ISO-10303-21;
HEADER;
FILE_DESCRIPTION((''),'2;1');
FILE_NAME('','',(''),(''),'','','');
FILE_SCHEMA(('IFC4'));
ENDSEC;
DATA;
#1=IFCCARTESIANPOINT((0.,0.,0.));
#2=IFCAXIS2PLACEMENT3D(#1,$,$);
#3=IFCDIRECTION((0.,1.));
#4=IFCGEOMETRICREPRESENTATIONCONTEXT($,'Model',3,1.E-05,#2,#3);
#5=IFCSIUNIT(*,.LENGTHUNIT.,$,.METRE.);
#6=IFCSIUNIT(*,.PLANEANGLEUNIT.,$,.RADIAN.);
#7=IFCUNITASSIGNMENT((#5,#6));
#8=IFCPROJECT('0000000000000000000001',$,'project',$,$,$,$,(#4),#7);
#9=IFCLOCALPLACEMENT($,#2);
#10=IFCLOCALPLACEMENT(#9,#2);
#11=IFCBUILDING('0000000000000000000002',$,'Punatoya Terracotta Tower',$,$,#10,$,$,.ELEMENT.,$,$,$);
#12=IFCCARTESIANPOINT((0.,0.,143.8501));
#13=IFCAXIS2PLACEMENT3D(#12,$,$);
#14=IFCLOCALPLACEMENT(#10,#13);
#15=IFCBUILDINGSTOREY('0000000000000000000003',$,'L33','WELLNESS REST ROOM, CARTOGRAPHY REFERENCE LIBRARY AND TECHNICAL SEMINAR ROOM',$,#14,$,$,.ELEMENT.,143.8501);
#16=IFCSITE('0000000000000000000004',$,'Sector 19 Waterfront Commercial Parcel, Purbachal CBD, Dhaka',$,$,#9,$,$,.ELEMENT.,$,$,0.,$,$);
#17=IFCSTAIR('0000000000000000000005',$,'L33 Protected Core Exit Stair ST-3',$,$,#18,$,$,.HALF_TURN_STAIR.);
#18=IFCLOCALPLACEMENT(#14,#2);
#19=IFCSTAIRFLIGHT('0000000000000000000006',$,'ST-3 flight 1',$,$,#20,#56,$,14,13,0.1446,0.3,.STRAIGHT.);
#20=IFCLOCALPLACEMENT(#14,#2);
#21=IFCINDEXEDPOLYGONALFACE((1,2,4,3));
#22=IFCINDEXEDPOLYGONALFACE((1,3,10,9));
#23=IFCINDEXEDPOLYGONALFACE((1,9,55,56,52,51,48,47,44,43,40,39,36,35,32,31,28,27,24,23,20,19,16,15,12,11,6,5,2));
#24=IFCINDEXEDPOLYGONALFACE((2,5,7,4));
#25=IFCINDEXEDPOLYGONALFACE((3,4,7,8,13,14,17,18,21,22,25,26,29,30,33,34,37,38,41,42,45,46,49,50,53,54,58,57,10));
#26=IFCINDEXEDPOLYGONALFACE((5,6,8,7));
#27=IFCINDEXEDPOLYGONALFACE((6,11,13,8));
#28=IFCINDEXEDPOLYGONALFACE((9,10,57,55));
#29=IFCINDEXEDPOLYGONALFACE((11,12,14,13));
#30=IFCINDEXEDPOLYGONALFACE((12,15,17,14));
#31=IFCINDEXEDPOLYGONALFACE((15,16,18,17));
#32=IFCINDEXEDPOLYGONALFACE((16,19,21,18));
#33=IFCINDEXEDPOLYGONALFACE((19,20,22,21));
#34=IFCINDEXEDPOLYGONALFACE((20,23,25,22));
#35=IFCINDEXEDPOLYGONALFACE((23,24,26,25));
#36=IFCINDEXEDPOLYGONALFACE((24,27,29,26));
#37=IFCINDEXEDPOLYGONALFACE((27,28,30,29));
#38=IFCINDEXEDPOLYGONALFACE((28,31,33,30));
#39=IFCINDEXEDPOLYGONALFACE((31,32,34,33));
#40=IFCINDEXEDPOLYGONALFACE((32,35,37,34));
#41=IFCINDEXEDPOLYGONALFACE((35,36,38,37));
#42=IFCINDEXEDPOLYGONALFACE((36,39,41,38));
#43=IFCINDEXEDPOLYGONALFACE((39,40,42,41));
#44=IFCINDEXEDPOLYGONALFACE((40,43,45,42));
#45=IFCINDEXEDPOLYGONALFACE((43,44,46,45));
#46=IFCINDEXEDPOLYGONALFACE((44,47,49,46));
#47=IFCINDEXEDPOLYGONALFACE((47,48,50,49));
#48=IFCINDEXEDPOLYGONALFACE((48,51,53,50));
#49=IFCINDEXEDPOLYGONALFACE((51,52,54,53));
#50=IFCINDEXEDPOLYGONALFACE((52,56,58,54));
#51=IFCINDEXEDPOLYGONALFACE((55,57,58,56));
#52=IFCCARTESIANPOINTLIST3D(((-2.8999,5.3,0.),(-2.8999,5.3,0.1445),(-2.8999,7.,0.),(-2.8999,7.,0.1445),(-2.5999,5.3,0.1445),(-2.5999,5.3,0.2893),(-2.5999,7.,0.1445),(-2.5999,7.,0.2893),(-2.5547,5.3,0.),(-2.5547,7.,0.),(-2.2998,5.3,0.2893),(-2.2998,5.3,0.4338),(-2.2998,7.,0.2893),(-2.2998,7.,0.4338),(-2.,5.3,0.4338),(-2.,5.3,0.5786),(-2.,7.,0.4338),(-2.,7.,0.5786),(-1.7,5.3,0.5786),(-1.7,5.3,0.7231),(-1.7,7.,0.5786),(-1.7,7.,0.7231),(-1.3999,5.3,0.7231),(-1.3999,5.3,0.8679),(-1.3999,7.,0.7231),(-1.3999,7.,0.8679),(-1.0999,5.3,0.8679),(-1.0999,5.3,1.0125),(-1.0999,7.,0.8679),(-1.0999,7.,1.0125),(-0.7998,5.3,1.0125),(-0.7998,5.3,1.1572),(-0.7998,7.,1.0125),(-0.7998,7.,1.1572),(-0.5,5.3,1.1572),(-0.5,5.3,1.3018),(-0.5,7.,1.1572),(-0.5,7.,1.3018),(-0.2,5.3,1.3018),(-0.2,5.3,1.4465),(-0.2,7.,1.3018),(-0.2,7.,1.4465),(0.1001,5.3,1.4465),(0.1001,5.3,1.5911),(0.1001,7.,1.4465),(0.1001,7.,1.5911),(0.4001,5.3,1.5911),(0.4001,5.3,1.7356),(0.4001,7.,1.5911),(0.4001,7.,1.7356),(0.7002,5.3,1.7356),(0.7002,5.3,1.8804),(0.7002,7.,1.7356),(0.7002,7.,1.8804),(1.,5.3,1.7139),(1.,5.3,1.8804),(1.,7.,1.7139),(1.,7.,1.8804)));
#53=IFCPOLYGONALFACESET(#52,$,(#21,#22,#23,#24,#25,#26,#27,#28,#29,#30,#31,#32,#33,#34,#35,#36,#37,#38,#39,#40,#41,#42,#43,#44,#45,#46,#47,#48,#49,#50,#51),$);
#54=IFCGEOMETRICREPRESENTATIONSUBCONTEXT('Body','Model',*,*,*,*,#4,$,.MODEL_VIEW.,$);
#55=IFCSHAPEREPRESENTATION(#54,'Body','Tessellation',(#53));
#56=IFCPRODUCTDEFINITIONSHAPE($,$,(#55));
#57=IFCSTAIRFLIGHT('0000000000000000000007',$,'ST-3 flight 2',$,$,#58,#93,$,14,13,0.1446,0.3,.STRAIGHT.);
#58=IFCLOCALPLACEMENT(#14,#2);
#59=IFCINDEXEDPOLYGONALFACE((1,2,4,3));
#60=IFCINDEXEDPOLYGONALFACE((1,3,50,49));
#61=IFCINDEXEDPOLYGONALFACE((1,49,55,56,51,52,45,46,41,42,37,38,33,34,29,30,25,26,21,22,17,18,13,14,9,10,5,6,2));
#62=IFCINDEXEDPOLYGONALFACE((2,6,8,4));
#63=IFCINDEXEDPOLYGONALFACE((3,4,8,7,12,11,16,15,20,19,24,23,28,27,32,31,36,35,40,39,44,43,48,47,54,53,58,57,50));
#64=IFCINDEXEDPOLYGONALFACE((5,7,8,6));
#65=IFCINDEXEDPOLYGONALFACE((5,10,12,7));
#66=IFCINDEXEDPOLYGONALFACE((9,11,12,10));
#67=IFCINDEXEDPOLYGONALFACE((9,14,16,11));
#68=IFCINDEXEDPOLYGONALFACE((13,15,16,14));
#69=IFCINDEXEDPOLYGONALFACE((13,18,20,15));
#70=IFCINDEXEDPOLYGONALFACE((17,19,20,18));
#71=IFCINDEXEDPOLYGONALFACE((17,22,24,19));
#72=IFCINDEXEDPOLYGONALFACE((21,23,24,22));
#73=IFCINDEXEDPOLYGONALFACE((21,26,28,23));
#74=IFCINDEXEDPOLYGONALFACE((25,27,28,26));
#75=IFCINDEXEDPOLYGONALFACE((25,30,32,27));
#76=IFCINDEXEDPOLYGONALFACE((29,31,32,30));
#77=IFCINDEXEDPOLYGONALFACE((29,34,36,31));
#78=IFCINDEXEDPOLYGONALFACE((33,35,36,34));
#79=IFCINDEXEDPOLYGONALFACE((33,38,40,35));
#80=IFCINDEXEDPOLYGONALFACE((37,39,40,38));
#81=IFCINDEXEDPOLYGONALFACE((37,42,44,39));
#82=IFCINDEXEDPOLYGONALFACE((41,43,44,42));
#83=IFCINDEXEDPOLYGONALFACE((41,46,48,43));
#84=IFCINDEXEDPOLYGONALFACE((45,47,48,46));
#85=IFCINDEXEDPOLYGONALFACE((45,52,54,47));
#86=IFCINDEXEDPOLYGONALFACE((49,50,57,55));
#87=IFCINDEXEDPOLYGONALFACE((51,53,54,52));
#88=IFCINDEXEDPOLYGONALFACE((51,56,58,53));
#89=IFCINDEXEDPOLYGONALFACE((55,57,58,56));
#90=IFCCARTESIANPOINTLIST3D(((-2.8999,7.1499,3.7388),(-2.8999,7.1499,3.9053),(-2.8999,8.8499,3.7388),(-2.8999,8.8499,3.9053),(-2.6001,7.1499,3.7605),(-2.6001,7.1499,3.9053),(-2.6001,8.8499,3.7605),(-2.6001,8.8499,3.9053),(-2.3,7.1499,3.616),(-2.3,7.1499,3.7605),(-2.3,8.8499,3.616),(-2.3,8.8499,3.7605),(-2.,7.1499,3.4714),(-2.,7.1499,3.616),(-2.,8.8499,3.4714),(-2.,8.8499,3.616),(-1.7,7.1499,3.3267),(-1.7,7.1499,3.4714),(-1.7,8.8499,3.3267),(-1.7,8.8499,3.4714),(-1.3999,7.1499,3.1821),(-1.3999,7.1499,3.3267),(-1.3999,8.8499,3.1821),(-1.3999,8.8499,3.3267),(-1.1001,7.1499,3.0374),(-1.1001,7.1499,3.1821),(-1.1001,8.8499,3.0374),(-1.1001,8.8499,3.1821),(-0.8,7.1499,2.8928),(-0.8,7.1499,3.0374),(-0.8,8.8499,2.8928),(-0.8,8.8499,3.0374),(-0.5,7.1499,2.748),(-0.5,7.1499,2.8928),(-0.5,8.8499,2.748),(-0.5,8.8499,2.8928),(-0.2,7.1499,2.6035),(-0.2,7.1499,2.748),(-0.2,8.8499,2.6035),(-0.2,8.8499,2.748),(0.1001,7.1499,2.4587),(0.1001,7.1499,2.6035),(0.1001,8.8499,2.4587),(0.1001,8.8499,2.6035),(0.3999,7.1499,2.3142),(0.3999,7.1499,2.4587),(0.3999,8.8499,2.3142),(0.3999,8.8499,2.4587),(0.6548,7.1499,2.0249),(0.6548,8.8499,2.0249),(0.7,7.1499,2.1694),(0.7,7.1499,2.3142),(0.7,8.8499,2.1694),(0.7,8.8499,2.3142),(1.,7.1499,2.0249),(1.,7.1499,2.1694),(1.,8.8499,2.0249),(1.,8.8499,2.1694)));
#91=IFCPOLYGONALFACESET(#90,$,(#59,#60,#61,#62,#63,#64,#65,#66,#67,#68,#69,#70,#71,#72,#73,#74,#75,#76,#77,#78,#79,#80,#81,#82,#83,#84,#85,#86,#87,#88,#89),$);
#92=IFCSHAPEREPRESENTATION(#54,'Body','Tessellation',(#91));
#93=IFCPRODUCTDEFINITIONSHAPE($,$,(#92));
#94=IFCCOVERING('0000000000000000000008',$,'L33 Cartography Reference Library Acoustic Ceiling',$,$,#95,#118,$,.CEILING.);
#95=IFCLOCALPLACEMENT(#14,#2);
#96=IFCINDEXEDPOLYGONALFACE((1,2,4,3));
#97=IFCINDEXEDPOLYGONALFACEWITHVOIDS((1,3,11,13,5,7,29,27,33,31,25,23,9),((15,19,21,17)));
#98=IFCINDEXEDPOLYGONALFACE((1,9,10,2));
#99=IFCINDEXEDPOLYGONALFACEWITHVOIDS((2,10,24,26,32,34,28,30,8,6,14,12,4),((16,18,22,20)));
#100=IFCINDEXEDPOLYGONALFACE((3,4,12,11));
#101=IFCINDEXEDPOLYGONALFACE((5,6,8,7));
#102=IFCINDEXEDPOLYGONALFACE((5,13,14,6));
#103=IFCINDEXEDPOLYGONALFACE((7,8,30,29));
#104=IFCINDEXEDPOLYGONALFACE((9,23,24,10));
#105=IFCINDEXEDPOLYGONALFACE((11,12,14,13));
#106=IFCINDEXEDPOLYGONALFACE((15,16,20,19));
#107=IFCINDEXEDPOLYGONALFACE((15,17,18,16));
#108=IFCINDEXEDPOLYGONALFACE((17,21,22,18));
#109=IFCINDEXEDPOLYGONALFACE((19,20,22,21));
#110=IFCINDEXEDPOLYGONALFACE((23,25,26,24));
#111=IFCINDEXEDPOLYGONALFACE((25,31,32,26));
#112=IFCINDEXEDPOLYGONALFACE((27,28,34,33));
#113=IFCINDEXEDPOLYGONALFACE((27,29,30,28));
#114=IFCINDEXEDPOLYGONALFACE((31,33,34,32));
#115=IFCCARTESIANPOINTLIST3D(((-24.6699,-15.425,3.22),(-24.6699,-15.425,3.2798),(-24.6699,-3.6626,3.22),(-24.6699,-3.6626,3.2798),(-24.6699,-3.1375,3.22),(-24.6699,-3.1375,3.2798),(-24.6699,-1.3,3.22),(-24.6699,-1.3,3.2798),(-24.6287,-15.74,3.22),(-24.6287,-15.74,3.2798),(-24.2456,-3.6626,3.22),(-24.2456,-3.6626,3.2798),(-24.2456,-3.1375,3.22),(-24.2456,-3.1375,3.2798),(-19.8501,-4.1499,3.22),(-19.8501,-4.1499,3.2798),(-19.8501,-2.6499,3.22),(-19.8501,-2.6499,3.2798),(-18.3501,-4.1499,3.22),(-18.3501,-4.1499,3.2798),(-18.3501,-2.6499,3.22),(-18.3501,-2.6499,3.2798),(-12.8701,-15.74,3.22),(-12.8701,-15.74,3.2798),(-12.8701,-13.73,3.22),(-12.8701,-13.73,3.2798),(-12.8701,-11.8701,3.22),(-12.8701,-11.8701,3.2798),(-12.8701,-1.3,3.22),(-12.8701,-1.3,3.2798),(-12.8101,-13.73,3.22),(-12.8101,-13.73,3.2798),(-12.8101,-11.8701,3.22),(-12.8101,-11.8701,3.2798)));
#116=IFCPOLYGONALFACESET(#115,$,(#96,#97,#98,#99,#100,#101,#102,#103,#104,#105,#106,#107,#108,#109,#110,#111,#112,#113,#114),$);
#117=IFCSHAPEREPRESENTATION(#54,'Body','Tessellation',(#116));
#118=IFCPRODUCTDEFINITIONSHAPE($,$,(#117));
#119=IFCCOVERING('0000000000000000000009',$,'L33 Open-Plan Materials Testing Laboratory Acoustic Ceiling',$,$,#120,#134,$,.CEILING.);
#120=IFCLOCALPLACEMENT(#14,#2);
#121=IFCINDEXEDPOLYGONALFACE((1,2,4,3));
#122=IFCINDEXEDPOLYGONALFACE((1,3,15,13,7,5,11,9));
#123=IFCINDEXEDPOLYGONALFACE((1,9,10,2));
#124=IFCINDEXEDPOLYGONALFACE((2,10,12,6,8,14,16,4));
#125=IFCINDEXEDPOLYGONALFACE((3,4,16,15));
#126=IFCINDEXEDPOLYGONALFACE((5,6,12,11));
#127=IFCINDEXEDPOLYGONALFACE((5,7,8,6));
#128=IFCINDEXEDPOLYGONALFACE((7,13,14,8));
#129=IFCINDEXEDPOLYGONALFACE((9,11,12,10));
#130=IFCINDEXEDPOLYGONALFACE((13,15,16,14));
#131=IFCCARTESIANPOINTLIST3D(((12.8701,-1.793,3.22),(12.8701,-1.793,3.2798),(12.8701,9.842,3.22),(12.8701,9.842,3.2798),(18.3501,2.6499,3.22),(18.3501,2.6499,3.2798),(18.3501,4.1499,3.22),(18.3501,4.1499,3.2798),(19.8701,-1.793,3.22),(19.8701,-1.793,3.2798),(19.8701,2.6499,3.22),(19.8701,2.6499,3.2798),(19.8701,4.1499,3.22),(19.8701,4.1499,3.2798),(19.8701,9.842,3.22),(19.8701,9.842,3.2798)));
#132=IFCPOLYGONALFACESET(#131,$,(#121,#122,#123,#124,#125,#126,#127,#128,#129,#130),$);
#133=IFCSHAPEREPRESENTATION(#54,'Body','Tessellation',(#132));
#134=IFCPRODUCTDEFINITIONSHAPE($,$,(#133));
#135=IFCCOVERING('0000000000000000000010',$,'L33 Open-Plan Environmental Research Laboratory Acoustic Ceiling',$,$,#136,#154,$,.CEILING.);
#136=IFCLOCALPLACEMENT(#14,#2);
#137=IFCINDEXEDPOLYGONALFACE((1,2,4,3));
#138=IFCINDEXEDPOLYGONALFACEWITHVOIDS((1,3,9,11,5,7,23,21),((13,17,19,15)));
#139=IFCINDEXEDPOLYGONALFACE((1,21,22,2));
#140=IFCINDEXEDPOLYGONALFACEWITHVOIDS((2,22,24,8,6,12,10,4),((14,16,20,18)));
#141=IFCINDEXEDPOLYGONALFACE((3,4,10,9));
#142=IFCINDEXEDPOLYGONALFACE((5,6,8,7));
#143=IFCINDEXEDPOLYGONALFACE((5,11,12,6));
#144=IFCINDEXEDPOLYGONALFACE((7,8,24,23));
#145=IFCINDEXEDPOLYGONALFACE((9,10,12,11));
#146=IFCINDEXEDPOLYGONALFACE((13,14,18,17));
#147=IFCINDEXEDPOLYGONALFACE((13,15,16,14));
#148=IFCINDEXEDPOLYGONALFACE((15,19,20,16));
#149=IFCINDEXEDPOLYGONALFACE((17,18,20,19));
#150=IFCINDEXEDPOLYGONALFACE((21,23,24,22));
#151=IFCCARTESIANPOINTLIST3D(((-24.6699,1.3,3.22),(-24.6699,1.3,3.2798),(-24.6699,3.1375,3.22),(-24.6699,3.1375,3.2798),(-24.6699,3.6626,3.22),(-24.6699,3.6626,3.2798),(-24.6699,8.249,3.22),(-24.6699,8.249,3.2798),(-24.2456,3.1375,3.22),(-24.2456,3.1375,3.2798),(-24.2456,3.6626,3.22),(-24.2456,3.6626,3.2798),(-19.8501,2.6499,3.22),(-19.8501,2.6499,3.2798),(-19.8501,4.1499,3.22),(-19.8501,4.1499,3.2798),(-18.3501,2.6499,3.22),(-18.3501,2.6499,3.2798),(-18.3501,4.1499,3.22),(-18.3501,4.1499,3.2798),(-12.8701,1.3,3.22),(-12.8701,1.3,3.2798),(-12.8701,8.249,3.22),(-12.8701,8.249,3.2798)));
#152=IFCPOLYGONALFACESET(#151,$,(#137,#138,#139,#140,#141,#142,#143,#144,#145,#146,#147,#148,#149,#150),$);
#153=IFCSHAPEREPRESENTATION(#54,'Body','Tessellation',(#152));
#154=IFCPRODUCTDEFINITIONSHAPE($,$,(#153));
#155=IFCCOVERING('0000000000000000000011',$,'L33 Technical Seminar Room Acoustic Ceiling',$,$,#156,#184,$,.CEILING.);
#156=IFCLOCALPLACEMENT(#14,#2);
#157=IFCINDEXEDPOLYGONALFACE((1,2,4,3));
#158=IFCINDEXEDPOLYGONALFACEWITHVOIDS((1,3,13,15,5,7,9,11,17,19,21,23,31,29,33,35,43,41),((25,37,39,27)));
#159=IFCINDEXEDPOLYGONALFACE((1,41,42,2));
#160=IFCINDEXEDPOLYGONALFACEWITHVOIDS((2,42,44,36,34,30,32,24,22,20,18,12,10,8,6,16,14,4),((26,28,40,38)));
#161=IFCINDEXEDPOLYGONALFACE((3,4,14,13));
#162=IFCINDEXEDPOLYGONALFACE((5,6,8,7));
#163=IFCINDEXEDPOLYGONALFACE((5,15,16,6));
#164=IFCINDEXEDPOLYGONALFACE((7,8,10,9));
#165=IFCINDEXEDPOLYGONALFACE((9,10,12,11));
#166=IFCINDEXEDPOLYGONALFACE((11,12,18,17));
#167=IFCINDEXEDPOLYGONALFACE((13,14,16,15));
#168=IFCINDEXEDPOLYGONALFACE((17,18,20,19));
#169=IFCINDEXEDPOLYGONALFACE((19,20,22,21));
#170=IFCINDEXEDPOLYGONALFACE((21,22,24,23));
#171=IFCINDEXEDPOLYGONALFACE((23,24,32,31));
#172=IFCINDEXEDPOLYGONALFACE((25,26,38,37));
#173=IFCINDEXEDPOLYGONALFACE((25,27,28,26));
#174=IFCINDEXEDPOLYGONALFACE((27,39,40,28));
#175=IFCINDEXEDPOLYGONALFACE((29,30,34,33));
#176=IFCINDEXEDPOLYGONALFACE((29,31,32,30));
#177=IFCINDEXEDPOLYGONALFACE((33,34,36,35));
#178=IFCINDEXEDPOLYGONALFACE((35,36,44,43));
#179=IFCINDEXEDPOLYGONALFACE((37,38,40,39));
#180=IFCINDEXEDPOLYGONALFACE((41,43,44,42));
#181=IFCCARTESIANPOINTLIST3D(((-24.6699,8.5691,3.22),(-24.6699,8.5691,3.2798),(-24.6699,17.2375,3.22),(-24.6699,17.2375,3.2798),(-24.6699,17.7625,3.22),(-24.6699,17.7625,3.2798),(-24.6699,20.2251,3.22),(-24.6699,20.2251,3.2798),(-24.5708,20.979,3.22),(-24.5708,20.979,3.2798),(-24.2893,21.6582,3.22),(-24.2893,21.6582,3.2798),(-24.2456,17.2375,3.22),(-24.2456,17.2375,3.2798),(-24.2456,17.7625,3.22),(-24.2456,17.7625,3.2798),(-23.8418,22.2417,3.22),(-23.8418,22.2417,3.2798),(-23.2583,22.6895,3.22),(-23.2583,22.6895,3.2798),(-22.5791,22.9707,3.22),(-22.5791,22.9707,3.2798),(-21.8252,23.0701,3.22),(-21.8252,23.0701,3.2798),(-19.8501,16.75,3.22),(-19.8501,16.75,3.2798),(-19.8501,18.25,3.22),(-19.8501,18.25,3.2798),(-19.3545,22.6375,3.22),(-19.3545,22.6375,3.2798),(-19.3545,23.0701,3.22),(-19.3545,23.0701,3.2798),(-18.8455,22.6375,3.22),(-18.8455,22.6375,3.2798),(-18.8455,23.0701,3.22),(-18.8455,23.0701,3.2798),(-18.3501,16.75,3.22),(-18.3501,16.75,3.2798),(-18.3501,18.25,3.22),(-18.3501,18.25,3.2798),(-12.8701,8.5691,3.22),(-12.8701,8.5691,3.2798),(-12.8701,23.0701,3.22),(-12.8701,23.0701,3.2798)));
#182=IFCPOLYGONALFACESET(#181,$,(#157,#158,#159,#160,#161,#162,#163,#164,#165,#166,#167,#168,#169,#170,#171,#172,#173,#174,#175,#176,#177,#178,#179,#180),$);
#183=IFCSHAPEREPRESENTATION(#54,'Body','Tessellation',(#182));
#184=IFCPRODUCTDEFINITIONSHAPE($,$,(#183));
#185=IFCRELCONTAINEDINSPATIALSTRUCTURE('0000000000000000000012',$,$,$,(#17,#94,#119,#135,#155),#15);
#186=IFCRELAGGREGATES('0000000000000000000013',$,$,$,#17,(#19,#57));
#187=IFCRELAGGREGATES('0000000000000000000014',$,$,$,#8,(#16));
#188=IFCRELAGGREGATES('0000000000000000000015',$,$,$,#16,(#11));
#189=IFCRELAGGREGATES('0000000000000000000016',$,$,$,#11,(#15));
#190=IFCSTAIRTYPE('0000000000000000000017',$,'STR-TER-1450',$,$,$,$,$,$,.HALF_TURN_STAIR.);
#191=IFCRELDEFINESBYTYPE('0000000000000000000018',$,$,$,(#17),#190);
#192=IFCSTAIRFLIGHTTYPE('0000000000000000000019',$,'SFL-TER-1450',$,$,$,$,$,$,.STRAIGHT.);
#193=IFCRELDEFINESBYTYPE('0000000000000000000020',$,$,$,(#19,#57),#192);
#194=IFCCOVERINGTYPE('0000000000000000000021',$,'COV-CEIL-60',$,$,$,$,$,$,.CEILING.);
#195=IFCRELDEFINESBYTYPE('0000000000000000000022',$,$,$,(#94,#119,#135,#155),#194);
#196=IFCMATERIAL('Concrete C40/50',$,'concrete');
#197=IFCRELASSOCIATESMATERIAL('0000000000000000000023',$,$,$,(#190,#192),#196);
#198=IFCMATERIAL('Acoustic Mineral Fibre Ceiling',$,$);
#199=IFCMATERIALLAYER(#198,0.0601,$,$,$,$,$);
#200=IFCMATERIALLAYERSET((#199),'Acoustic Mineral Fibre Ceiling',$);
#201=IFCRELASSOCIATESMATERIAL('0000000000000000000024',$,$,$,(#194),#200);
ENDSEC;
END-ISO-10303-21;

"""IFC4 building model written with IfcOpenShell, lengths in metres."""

from ifc_helpers import new_model, si_unit, direction, frame, origin, place, context, subcontext, project, spatial, polyline, outline, extrude, material, layer, layer_set, type_object, element, aggregate, save


model = new_model("IFC4")

# Units and contexts
model_context = context("Model", 3, precision=1e-05, world=origin(), true_north=direction((0.0, 1.0)))
body_context = subcontext(model_context, "Body", "Model", "MODEL_VIEW")
ifc_project = project(units=[si_unit("LENGTHUNIT", "METRE"), si_unit("PLANEANGLEUNIT", "RADIAN")], contexts=[model_context])

# Site, building, storey
site_placement = place(None, origin())
site = spatial("IfcSite", under=ifc_project, at=site_placement, Name="Sector 19 Waterfront Commercial Parcel, Purbachal CBD, Dhaka", CompositionType="ELEMENT", RefElevation=0.0)
building_placement = place(site_placement, origin())
building = spatial("IfcBuilding", under=site, at=building_placement, Name="Punatoya Terracotta Tower", CompositionType="ELEMENT")
storey_placement = place(building_placement, frame((0.0, 0.0, 143.8501)))
storey = spatial("IfcBuildingStorey", under=building, at=storey_placement, Name="L33", Description="WELLNESS REST ROOM, CARTOGRAPHY REFERENCE LIBRARY AND TECHNICAL SEMINAR ROOM", CompositionType="ELEMENT", Elevation=143.8501)

# Shared definitions
ifc_material_1 = material(Name="Concrete C40/50", Category="concrete")

# Stair, stair flights
stair_type_1 = type_object("IfcStairType", Name="STR-TER-1450", PredefinedType="HALF_TURN_STAIR", material=ifc_material_1)
stair_1_placement = place(storey_placement, origin())
stair_1 = element("IfcStair", 1, at=stair_1_placement, inside=storey, type_object=stair_type_1, Name="L33 Protected Core Exit Stair ST-3", PredefinedType="HALF_TURN_STAIR")
stair_flight_type_1 = type_object("IfcStairFlightType", Name="SFL-TER-1450", PredefinedType="STRAIGHT", material=ifc_material_1)
stair_flight_1_placement = place(storey_placement, frame((-2.8999, 6.1499, 0.0), z_axis=(0.0, 0.0, 1.0), x_axis=(1.0, 0.0, 0.0)))
stair_flight_1 = element("IfcStairFlight", 2, at=stair_flight_1_placement, type_object=stair_flight_type_1, Name="ST-3 flight 1", NumberOfRisers=14, NumberOfTreads=13, PredefinedType="STRAIGHT", RiserHeight=0.1446, TreadLength=0.3, context=body_context, shape_type="SweptSolid", body=[
    extrude(outline(polyline([(0.0, 0.0), (0.0, 0.1445), (0.3, 0.1445), (0.3, 0.2893), (0.6001, 0.2893), (0.6001, 0.4338), (0.8999, 0.4338), (0.8999, 0.5786), (1.2, 0.5786), (1.2, 0.7231), (1.5, 0.7231), (1.5, 0.8679), (1.8, 0.8679), (1.8, 1.0125), (2.1001, 1.0125), (2.1001, 1.1572), (2.3999, 1.1572), (2.3999, 1.3018), (2.7, 1.3018), (2.7, 1.4465), (3.0, 1.4465), (3.0, 1.5911), (3.3, 1.5911), (3.3, 1.7356), (3.6001, 1.7356), (3.6001, 1.8804), (3.8999, 1.8804), (3.8999, 2.0249), (3.8999, 1.7139), (0.3452, 0.0), (0.0, 0.0)])), frame((0.0, 0.8501, 0.0), z_axis=(0.0, -1.0, 0.0), x_axis=(1.0, 0.0, 0.0)), (0.0, 0.0, 1.0), 1.7),
])
stair_flight_2_placement = place(storey_placement, frame((1.0, 8.0, 2.0249), z_axis=(0.0, 0.0, 1.0), x_axis=(-1.0, 0.0, 0.0)))
stair_flight_2 = element("IfcStairFlight", 3, at=stair_flight_2_placement, type_object=stair_flight_type_1, Name="ST-3 flight 2", NumberOfRisers=14, NumberOfTreads=13, PredefinedType="STRAIGHT", RiserHeight=0.1446, TreadLength=0.3, context=body_context, shape_type="SweptSolid", body=[
    extrude(outline(polyline([(0.0, 0.0), (0.0, 0.1445), (0.3, 0.1445), (0.3, 0.2893), (0.6001, 0.2893), (0.6001, 0.4338), (0.8999, 0.4338), (0.8999, 0.5786), (1.2, 0.5786), (1.2, 0.7231), (1.5, 0.7231), (1.5, 0.8679), (1.8, 0.8679), (1.8, 1.0125), (2.1001, 1.0125), (2.1001, 1.1572), (2.3999, 1.1572), (2.3999, 1.3018), (2.7, 1.3018), (2.7, 1.4465), (3.0, 1.4465), (3.0, 1.5911), (3.3, 1.5911), (3.3, 1.7356), (3.6001, 1.7356), (3.6001, 1.8804), (3.8999, 1.8804), (3.8999, 2.0249), (3.8999, 1.7139), (0.3452, 0.0), (0.0, 0.0)])), frame((0.0, 0.8501, 0.0), z_axis=(0.0, -1.0, 0.0), x_axis=(1.0, 0.0, 0.0)), (0.0, 0.0, 1.0), 1.7),
])
aggregate(stair_1, [stair_flight_1, stair_flight_2])

# Coverings
ifc_material_2 = material(Name="Acoustic Mineral Fibre Ceiling")
ifc_layer_1 = layer(ifc_material_2, 0.0601)
ifc_layer_set_1 = layer_set([ifc_layer_1], Name="Acoustic Mineral Fibre Ceiling")
covering_type = type_object("IfcCoveringType", Name="COV-CEIL-60", PredefinedType="CEILING", material=ifc_layer_set_1)
covering_1_placement = place(storey_placement, frame((0.0, 0.0, 3.22)))
element("IfcCovering", 4, at=covering_1_placement, inside=storey, type_object=covering_type, Name="L33 Cartography Reference Library Acoustic Ceiling", PredefinedType="CEILING", context=body_context, shape_type="SweptSolid", body=[
    extrude(outline(polyline([(-24.2456, -3.6626), (-24.6699, -3.6626), (-24.6699, -15.425), (-24.6287, -15.74), (-12.8701, -15.74), (-12.8701, -13.73), (-12.8101, -13.73), (-12.8101, -11.8701), (-12.8701, -11.8701), (-12.8701, -1.3), (-24.6699, -1.3), (-24.6699, -3.1375), (-24.2456, -3.1375), (-24.2456, -3.6626)]), holes=[polyline([(-18.3501, -4.1499), (-19.8501, -4.1499), (-19.8501, -2.6499), (-18.3501, -2.6499), (-18.3501, -4.1499)])]), origin(), (0.0, 0.0, 1.0), 0.0598),
])
covering_2_placement = place(storey_placement, frame((0.0, 0.0, 3.22)))
element("IfcCovering", 5, at=covering_2_placement, inside=storey, type_object=covering_type, Name="L33 Open-Plan Materials Testing Laboratory Acoustic Ceiling", PredefinedType="CEILING", context=body_context, shape_type="SweptSolid", body=[
    extrude(outline(polyline([(18.3501, 4.1499), (19.8701, 4.1499), (19.8701, 9.842), (12.8701, 9.842), (12.8701, -1.793), (19.8701, -1.793), (19.8701, 2.6499), (18.3501, 2.6499), (18.3501, 4.1499)])), origin(), (0.0, 0.0, 1.0), 0.0598),
])
covering_3_placement = place(storey_placement, frame((0.0, 0.0, 3.22)))
element("IfcCovering", 6, at=covering_3_placement, inside=storey, type_object=covering_type, Name="L33 Open-Plan Environmental Research Laboratory Acoustic Ceiling", PredefinedType="CEILING", context=body_context, shape_type="SweptSolid", body=[
    extrude(outline(polyline([(-12.8701, 1.3), (-12.8701, 8.249), (-24.6699, 8.249), (-24.6699, 3.6626), (-24.2456, 3.6626), (-24.2456, 3.1375), (-24.6699, 3.1375), (-24.6699, 1.3), (-12.8701, 1.3)]), holes=[polyline([(-18.3501, 4.1499), (-18.3501, 2.6499), (-19.8501, 2.6499), (-19.8501, 4.1499), (-18.3501, 4.1499)])]), origin(), (0.0, 0.0, 1.0), 0.0598),
])
covering_4_placement = place(storey_placement, frame((0.0, 0.0, 3.22)))
element("IfcCovering", 7, at=covering_4_placement, inside=storey, type_object=covering_type, Name="L33 Technical Seminar Room Acoustic Ceiling", PredefinedType="CEILING", context=body_context, shape_type="SweptSolid", body=[
    extrude(outline(polyline([(-12.8701, 23.0701), (-18.8455, 23.0701), (-18.8455, 22.6375), (-19.3545, 22.6375), (-19.3545, 23.0701), (-21.8252, 23.0701), (-22.5791, 22.9707), (-23.2583, 22.6895), (-23.8418, 22.2417), (-24.2893, 21.6582), (-24.5708, 20.979), (-24.6699, 20.2251), (-24.6699, 17.7625), (-24.2456, 17.7625), (-24.2456, 17.2375), (-24.6699, 17.2375), (-24.6699, 8.5691), (-12.8701, 8.5691), (-12.8701, 23.0701)]), holes=[polyline([(-19.8501, 18.25), (-18.3501, 18.25), (-18.3501, 16.75), (-19.8501, 16.75), (-19.8501, 18.25)])]), origin(), (0.0, 0.0, 1.0), 0.0598),
])

save(model, "model.ifc")
